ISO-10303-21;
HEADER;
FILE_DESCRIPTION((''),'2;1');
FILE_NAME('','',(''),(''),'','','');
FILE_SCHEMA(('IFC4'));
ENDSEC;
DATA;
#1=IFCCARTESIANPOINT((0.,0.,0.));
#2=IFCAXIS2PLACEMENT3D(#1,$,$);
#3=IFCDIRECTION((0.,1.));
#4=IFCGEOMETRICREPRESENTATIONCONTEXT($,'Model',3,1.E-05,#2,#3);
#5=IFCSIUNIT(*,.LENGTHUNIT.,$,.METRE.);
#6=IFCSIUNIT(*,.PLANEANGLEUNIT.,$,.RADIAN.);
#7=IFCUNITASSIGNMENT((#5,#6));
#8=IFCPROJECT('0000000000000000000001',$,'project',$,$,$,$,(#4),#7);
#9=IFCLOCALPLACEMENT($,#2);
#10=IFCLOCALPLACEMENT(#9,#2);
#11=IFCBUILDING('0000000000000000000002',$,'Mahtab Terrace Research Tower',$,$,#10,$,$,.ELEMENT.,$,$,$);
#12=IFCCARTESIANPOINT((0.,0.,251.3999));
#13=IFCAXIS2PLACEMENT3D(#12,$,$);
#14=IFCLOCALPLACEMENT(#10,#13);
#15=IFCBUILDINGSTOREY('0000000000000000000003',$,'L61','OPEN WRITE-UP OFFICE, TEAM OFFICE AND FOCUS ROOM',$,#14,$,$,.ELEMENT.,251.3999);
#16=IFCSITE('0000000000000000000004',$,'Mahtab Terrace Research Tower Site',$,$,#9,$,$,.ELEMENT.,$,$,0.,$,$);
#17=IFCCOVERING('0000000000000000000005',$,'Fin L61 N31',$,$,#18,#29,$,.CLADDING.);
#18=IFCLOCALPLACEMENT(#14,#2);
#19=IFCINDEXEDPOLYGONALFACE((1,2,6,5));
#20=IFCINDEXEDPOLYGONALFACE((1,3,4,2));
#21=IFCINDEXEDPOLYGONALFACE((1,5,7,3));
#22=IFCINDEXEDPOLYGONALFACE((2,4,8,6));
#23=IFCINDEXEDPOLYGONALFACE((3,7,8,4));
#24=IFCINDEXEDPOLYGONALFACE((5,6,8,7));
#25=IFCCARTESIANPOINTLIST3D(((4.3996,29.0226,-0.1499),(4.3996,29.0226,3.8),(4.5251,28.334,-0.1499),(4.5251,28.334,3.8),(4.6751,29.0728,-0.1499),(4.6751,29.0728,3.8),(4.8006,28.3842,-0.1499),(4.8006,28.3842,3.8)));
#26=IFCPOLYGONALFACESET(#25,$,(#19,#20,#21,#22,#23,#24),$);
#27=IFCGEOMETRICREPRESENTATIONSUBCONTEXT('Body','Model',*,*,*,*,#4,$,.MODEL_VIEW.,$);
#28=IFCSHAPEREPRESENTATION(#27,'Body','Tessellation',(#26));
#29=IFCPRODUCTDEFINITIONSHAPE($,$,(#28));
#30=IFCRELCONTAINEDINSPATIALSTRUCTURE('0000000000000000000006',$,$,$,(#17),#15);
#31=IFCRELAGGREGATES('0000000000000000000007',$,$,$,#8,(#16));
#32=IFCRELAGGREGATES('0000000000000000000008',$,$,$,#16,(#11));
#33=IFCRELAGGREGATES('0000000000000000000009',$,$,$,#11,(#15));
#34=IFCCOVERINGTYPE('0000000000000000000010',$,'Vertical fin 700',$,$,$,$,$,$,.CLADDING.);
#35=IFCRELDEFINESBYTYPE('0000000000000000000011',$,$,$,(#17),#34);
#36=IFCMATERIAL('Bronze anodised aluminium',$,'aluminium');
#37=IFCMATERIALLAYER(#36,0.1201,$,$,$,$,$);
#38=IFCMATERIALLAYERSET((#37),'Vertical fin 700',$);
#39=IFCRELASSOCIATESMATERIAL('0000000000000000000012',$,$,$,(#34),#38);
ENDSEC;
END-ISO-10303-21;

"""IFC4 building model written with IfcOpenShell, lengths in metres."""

from ifc_helpers import new_model, si_unit, direction, frame, origin, origin_2d, place, context, subcontext, project, spatial, rectangle, extrude, material, layer, layer_set, type_object, element, save


model = new_model("IFC4")

# Units and contexts
model_context = context("Model", 3, precision=1e-05, world=origin(), true_north=direction((0.0, 1.0)))
body_context = subcontext(model_context, "Body", "Model", "MODEL_VIEW")
ifc_project = project(units=[si_unit("LENGTHUNIT", "METRE"), si_unit("PLANEANGLEUNIT", "RADIAN")], contexts=[model_context])

# Site, building, storey
site_placement = place(None, origin())
site = spatial("IfcSite", under=ifc_project, at=site_placement, Name="Mahtab Terrace Research Tower Site", CompositionType="ELEMENT", RefElevation=0.0)
building_placement = place(site_placement, origin())
building = spatial("IfcBuilding", under=site, at=building_placement, Name="Mahtab Terrace Research Tower", CompositionType="ELEMENT")
storey_placement = place(building_placement, frame((0.0, 0.0, 251.3999)))
storey = spatial("IfcBuildingStorey", under=building, at=storey_placement, Name="L61", Description="OPEN WRITE-UP OFFICE, TEAM OFFICE AND FOCUS ROOM", CompositionType="ELEMENT", Elevation=251.3999)

# Covering
ifc_material_1 = material(Name="Bronze anodised aluminium", Category="aluminium")
ifc_layer_1 = layer(ifc_material_1, 0.1201)
ifc_layer_set_1 = layer_set([ifc_layer_1], Name="Vertical fin 700")
covering_type = type_object("IfcCoveringType", Name="Vertical fin 700", PredefinedType="CLADDING", material=ifc_layer_set_1)
for number, where, z_axis, x_axis, name in (
    (1, (4.6001, 28.7034, -0.1499), (0.0, 0.0, 1.0), (-0.983781, -0.179375, 0.0), "Fin L61 N31"),
):
    element("IfcCovering", number, at=place(storey_placement, frame(where, z_axis=z_axis, x_axis=x_axis)), inside=storey, type_object=covering_type, Name=name, PredefinedType="CLADDING", context=body_context, shape_type="SweptSolid", body=[
        extrude(rectangle(XDim=0.28, YDim=0.7, at=origin_2d()), origin(), (0.0, 0.0, 1.0), 3.95),
    ])

save(model, "model.ifc")
